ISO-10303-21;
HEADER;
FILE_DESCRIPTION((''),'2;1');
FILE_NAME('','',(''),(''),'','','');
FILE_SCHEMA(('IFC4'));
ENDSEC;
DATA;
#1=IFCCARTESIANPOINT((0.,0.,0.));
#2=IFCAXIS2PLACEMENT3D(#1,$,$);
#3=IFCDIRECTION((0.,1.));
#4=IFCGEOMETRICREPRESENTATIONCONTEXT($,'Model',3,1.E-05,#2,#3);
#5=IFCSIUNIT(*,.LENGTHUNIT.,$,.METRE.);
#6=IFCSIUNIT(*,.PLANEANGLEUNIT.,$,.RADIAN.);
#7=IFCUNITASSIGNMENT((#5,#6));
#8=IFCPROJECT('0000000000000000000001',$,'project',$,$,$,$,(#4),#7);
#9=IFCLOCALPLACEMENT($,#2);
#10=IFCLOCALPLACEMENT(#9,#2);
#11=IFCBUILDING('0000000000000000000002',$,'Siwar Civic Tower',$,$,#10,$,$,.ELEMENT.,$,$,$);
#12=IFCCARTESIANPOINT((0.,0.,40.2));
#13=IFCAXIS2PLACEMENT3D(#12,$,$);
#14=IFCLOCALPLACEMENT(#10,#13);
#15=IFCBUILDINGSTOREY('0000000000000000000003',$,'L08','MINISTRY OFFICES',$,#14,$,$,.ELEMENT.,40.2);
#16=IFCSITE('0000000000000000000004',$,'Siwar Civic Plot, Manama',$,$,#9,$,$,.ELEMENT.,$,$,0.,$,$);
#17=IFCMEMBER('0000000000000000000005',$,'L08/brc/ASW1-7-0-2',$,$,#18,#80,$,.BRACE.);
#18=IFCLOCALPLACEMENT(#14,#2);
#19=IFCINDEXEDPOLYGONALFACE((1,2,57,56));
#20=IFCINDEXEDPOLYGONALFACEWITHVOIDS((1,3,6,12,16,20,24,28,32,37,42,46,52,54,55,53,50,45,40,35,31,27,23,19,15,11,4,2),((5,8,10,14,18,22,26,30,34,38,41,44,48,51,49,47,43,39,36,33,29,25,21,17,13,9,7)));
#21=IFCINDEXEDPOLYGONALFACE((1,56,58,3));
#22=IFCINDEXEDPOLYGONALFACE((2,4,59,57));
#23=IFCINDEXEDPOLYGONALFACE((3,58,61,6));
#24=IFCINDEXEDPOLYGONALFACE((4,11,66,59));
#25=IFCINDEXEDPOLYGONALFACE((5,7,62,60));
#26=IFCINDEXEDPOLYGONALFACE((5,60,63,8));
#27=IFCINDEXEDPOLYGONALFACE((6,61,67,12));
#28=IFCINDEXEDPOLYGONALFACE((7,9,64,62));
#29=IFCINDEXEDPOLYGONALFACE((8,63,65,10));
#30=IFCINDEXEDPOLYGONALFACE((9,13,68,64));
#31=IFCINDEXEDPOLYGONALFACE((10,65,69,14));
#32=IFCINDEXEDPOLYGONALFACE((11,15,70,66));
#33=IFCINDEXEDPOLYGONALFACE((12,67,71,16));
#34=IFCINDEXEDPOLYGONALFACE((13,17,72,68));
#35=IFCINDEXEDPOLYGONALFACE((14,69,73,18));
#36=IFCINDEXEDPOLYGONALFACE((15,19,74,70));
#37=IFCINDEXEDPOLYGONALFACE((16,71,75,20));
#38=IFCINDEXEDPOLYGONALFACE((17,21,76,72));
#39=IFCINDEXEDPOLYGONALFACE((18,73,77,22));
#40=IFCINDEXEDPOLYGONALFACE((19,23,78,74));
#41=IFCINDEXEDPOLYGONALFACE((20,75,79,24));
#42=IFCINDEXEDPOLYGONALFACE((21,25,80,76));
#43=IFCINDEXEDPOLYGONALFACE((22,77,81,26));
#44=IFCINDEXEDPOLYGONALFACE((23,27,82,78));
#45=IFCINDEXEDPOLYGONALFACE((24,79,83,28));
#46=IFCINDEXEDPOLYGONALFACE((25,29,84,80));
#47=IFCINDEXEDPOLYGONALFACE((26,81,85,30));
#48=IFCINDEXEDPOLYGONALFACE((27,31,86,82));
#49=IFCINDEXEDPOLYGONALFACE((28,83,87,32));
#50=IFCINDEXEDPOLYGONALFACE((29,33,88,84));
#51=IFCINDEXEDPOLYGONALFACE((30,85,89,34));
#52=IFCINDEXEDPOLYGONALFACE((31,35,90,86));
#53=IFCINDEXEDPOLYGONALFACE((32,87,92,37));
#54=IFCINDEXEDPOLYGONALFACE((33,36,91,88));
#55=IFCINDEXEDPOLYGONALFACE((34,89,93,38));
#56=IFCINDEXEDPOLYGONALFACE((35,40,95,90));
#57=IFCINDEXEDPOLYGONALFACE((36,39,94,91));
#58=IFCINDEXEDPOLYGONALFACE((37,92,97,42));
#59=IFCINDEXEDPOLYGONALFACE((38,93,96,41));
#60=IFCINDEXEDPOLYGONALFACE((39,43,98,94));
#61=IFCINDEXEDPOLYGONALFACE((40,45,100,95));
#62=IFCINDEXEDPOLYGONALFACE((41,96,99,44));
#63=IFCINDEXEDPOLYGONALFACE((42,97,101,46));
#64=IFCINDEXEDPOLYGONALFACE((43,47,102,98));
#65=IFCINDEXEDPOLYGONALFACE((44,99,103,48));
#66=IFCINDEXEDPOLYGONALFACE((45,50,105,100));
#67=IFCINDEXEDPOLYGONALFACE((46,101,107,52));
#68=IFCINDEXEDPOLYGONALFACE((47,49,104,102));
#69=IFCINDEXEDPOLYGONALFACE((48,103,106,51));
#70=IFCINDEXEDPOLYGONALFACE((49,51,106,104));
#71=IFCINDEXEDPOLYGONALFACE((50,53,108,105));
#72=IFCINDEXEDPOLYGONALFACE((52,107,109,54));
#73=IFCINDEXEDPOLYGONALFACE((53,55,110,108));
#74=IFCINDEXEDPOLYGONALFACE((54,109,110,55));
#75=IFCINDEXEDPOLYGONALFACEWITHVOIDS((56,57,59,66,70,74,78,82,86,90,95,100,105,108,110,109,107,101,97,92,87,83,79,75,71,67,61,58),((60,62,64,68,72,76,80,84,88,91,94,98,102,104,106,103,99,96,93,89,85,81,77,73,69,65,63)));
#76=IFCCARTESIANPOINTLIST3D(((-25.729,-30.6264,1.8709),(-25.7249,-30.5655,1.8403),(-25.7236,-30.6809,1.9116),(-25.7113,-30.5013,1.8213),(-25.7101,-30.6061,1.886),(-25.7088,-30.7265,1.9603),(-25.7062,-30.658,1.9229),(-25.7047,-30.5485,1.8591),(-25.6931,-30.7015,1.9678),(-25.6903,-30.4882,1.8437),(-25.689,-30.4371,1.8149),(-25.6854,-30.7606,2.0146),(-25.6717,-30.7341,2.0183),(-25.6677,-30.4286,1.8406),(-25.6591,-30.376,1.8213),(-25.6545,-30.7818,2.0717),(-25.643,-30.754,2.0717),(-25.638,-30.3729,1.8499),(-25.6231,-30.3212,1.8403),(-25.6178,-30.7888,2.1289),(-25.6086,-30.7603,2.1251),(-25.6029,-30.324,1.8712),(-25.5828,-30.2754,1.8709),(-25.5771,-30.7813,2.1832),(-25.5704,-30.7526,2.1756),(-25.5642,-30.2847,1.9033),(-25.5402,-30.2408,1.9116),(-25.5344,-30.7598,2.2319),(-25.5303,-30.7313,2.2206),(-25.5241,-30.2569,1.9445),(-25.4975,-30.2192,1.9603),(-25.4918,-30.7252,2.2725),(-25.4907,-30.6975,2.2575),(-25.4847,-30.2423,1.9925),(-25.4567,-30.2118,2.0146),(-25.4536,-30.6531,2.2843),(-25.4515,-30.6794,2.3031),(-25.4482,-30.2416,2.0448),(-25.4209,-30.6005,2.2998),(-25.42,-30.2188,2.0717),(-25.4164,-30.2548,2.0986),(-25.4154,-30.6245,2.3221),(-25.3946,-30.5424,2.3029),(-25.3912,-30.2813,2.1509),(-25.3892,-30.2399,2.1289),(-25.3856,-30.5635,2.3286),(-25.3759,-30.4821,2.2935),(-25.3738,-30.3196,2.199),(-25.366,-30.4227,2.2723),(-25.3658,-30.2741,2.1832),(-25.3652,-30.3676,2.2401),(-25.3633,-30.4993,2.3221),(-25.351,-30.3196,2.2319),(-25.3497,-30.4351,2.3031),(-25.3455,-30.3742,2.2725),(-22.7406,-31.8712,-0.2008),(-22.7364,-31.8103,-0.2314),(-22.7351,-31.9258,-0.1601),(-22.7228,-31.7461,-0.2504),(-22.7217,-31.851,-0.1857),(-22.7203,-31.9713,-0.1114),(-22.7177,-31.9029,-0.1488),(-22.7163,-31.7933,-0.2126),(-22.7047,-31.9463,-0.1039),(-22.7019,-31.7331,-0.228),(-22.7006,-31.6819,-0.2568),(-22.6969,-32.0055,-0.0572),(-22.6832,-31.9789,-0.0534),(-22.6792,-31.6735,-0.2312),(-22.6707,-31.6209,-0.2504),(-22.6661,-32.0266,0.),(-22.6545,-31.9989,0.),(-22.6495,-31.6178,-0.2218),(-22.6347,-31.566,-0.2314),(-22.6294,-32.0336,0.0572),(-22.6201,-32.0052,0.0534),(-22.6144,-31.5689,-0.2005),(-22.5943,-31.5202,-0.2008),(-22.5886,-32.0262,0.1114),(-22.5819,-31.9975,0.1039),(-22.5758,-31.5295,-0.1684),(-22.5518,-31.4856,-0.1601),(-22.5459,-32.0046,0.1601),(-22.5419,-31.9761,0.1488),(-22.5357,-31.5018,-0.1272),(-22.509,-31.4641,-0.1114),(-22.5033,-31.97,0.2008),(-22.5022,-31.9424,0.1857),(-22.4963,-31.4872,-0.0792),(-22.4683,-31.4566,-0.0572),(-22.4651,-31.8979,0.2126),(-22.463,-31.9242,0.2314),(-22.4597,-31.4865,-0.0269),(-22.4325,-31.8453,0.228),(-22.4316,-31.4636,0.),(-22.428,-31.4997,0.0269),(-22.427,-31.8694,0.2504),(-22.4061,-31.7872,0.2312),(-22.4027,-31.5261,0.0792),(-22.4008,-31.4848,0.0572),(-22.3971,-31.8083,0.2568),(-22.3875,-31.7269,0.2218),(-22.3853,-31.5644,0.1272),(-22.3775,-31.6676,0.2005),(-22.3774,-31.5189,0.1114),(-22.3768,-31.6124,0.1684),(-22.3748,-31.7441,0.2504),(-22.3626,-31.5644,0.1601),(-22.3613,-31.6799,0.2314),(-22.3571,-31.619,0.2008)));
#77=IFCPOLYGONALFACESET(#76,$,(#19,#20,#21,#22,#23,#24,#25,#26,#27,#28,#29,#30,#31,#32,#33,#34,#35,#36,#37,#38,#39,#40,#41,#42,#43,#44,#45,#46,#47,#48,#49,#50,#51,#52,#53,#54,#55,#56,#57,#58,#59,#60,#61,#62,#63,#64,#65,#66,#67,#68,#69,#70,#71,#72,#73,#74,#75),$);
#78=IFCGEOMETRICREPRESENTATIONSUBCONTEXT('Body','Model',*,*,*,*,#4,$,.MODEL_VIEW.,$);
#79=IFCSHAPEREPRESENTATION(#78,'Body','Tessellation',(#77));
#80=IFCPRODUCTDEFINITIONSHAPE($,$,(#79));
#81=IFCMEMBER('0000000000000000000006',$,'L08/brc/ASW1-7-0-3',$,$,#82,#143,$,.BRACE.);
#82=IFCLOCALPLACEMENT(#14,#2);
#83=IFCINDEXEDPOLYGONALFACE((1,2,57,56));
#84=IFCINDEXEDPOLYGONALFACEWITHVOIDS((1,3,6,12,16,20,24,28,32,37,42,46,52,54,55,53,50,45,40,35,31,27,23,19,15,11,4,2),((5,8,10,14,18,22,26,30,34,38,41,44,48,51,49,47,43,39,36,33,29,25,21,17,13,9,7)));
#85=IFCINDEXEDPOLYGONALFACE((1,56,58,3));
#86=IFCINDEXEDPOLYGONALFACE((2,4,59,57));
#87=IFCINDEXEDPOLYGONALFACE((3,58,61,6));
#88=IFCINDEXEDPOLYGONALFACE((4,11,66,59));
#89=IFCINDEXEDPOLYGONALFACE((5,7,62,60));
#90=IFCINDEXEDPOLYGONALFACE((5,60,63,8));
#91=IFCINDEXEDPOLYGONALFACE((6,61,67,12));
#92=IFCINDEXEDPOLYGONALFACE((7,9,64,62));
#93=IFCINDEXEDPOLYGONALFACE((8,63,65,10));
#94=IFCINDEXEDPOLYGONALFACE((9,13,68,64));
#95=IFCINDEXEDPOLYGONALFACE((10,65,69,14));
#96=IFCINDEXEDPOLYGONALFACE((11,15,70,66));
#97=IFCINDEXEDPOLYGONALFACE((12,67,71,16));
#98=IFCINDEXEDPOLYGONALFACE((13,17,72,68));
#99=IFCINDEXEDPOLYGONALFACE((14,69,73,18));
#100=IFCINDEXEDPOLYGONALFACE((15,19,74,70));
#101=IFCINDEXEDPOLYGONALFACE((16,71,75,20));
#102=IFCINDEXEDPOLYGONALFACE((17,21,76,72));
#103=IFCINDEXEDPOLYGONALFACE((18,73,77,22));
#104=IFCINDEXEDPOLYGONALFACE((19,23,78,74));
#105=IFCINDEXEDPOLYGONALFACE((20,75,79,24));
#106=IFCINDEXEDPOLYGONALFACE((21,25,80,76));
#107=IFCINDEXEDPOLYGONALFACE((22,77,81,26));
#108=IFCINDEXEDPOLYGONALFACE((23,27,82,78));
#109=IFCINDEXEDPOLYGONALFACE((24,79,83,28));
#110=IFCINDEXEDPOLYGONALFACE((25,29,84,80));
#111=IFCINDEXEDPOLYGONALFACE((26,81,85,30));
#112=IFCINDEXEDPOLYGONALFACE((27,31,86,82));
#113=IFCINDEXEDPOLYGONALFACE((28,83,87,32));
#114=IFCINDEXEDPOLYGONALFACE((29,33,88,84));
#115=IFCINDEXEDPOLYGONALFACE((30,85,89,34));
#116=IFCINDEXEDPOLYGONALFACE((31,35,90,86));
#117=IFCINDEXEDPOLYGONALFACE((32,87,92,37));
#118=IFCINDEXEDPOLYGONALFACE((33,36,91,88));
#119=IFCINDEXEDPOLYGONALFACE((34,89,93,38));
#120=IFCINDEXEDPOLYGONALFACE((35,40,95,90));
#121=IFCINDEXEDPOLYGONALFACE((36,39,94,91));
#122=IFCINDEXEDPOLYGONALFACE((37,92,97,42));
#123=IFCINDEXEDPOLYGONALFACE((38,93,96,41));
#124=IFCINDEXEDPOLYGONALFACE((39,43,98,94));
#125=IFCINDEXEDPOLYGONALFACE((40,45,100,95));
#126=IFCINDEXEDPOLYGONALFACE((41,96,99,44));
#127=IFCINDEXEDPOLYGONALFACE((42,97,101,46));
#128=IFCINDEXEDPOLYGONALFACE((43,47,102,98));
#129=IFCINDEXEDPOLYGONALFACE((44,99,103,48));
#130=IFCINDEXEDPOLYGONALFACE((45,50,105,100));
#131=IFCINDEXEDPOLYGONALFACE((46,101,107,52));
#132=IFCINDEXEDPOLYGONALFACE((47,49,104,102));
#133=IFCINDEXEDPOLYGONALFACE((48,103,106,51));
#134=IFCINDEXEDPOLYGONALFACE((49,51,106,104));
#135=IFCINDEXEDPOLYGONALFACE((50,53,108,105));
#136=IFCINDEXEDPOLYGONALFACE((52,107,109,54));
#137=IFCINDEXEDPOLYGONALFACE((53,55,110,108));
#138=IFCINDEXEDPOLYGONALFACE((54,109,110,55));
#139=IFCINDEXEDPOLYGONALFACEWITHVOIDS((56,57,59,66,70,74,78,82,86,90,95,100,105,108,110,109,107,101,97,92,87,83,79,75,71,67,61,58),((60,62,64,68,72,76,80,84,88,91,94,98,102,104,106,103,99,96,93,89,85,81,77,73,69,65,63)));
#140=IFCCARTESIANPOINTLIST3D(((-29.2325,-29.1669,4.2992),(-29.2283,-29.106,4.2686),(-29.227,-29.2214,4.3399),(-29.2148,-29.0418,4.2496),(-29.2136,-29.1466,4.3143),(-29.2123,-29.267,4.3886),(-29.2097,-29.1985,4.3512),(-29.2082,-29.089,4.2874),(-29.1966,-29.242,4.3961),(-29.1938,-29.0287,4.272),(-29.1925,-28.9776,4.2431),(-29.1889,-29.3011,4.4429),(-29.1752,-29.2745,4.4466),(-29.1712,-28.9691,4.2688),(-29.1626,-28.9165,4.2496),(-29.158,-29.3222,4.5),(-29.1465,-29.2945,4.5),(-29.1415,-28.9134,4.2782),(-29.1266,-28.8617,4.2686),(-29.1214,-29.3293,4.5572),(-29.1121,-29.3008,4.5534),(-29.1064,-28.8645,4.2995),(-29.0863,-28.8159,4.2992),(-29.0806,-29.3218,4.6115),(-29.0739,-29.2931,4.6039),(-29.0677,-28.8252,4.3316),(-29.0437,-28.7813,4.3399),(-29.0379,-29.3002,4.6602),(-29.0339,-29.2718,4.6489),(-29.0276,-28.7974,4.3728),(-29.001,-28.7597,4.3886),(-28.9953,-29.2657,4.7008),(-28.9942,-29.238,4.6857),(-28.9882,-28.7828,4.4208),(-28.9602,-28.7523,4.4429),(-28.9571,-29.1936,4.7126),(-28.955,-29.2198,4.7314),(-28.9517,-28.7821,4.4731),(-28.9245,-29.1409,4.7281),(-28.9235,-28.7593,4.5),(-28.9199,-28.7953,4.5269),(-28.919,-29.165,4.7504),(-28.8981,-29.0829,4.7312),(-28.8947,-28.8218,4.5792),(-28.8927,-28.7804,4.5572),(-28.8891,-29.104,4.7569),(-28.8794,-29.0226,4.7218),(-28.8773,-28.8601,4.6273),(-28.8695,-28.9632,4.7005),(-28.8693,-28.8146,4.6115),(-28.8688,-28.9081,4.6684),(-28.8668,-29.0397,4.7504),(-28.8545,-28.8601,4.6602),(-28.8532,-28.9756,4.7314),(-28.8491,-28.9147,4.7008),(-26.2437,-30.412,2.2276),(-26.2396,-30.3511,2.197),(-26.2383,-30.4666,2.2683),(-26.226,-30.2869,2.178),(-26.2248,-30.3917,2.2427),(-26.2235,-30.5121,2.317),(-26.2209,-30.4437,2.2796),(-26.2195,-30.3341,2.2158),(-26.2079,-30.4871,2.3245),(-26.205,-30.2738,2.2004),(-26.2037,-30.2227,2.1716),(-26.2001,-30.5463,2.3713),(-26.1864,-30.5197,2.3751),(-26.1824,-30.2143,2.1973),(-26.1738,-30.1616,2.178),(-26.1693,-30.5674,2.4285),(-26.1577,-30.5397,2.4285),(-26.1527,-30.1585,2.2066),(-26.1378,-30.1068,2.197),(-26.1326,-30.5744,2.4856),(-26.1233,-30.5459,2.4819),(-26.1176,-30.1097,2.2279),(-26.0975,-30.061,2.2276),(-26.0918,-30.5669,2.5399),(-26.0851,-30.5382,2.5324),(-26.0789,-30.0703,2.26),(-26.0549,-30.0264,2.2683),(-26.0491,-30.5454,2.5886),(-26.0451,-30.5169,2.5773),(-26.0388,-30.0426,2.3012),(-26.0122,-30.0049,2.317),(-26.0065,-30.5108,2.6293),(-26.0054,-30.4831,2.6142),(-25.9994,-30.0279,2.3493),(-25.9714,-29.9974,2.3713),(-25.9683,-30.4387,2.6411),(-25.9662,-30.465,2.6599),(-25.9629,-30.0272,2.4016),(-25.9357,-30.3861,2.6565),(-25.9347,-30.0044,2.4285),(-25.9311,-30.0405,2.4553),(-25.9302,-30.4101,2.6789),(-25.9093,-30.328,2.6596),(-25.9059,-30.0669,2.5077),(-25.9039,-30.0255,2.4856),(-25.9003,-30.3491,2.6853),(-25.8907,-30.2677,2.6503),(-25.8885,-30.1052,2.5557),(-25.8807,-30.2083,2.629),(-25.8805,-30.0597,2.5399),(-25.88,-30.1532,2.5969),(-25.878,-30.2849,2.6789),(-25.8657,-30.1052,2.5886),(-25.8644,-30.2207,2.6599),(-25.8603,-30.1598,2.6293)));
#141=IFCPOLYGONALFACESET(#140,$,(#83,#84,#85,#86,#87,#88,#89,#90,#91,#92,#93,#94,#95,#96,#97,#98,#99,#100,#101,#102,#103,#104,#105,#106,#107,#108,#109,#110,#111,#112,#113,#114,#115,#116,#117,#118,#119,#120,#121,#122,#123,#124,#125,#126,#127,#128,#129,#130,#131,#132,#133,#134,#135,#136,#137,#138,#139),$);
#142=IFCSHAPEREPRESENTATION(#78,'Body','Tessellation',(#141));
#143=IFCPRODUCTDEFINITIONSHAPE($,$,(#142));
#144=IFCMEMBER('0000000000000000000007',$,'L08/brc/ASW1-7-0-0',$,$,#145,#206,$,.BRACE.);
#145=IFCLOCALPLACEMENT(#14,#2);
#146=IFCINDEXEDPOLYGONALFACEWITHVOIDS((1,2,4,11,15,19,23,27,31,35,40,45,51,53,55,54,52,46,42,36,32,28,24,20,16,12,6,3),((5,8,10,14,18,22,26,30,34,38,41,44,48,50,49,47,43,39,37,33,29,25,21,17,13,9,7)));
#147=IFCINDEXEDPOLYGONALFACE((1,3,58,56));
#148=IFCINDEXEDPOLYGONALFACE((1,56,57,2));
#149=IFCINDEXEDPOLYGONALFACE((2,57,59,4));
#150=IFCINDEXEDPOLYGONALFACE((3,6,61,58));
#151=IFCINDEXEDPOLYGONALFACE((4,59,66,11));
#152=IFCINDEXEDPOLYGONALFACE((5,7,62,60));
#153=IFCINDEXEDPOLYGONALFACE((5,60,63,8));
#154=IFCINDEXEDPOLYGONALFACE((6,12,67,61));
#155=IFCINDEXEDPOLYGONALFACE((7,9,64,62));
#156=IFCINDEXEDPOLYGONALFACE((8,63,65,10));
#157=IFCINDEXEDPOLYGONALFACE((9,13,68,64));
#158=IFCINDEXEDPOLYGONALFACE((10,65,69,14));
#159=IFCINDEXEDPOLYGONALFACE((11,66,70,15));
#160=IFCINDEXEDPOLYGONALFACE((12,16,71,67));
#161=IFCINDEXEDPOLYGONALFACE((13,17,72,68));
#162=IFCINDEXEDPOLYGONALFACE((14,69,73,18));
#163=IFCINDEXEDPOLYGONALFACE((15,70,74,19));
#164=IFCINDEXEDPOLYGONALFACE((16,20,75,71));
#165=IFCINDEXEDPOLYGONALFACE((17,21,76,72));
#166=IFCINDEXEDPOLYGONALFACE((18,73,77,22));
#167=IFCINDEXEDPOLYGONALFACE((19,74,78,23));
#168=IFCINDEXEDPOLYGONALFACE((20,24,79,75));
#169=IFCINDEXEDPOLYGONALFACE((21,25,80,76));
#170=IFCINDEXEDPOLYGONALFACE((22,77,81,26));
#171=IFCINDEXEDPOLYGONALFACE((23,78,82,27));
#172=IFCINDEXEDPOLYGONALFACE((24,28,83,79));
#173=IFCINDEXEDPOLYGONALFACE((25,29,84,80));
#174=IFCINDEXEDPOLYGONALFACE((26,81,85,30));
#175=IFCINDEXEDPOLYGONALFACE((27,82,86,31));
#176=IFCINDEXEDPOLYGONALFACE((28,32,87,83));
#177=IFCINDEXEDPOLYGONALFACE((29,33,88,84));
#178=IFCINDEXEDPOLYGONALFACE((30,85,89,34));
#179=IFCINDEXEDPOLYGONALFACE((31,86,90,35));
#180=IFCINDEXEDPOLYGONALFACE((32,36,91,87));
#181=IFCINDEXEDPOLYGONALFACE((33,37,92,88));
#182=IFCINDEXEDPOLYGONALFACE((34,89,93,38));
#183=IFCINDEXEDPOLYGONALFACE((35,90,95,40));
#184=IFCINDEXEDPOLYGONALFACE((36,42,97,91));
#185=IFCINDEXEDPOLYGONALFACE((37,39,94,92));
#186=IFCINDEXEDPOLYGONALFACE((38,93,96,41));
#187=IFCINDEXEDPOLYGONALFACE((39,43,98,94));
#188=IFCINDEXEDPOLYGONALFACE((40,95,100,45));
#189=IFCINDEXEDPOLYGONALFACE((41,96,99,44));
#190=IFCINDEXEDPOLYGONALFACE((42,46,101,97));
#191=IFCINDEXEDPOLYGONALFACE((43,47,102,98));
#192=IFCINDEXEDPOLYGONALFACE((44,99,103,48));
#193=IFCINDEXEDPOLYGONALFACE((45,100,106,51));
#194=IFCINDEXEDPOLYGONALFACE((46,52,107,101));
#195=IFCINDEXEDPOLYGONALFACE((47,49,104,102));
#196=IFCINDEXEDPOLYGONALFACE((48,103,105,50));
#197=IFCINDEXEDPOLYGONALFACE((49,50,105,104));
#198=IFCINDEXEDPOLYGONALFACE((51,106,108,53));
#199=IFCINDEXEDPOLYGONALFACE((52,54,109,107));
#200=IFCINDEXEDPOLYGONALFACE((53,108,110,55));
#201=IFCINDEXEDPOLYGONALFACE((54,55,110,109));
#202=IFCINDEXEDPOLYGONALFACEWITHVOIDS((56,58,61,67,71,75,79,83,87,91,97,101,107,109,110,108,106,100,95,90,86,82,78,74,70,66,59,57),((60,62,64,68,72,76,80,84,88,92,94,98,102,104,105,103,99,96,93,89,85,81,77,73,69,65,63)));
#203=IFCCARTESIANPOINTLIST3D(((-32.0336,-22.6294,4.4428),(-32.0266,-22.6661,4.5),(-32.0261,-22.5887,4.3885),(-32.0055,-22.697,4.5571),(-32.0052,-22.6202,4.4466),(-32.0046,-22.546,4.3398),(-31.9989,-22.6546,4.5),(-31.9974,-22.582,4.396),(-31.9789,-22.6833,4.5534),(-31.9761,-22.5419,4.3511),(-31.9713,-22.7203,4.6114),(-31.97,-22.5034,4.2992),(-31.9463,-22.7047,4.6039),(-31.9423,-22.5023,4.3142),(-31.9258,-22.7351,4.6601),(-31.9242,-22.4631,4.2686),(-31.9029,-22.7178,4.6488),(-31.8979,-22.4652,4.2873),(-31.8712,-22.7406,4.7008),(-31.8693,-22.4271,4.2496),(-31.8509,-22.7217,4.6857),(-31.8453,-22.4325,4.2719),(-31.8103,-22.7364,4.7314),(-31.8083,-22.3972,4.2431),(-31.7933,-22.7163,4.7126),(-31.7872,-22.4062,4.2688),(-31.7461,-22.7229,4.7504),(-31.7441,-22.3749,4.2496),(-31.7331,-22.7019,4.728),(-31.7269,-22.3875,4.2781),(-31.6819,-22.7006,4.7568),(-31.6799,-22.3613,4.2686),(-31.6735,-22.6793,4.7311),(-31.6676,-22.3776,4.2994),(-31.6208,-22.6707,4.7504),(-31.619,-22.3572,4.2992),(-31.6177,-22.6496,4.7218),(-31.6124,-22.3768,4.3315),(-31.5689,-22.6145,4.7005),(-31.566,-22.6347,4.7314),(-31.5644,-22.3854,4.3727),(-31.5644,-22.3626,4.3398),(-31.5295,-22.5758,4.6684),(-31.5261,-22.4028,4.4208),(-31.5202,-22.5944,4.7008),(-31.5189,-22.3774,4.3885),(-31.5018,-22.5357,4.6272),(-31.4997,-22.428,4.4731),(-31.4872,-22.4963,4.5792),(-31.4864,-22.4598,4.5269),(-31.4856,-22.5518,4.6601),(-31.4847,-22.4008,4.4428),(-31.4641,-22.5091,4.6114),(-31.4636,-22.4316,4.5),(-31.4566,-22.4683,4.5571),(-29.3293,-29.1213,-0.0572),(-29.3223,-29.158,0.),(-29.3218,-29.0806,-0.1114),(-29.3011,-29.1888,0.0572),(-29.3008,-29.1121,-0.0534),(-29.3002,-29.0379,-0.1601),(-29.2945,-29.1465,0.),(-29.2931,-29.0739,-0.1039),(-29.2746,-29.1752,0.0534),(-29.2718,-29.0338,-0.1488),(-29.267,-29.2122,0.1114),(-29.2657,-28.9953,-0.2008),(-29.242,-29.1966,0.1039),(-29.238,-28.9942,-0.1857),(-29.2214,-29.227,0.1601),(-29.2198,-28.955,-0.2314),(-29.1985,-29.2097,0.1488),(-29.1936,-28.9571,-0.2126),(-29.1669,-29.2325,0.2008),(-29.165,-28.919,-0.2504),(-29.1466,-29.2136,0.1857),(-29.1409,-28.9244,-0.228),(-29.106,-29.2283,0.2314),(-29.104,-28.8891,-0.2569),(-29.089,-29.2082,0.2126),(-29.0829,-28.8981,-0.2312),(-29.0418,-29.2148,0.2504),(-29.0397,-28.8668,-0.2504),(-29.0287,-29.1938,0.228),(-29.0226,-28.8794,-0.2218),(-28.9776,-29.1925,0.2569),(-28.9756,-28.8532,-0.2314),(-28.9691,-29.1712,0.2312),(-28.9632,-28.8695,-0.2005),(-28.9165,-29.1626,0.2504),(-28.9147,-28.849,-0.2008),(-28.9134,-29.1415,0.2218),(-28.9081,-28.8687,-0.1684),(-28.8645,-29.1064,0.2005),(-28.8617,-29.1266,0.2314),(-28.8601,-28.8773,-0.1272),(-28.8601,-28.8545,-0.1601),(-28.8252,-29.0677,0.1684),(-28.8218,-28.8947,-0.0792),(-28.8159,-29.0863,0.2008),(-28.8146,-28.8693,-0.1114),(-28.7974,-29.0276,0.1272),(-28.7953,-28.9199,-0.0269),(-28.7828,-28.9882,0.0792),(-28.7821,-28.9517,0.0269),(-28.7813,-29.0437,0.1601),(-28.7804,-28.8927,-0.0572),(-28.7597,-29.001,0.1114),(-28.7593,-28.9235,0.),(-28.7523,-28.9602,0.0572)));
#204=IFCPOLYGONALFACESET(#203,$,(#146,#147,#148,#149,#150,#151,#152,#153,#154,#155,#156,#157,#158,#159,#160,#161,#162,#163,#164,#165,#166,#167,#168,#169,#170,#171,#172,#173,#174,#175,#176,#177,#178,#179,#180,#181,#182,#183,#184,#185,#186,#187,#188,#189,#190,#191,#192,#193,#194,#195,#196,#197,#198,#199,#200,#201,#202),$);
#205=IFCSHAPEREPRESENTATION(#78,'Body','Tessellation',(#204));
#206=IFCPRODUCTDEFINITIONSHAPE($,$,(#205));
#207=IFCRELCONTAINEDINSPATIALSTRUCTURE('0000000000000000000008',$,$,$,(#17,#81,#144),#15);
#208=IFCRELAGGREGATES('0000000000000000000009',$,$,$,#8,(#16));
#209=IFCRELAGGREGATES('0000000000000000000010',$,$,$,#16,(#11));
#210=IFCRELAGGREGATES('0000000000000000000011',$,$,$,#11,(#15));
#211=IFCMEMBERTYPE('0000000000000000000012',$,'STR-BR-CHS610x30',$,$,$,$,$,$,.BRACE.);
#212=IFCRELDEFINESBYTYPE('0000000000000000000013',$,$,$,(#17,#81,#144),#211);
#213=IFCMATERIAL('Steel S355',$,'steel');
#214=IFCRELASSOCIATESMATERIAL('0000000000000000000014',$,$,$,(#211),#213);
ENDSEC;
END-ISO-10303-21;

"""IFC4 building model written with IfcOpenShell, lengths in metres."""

from ifc_helpers import new_model, si_unit, direction, frame, origin, origin_2d, place, context, subcontext, project, spatial, hollow_circle, extrude, material, material_profile, profile_set, type_object, element, save


model = new_model("IFC4")

# Units and contexts
model_context = context("Model", 3, precision=1e-05, world=origin(), true_north=direction((0.0, 1.0)))
body_context = subcontext(model_context, "Body", "Model", "MODEL_VIEW")
ifc_project = project(units=[si_unit("LENGTHUNIT", "METRE"), si_unit("PLANEANGLEUNIT", "RADIAN")], contexts=[model_context])

# Site, building, storey
site_placement = place(None, origin())
site = spatial("IfcSite", under=ifc_project, at=site_placement, Name="Siwar Civic Plot, Manama", CompositionType="ELEMENT", RefElevation=0.0)
building_placement = place(site_placement, origin())
building = spatial("IfcBuilding", under=site, at=building_placement, Name="Siwar Civic Tower", CompositionType="ELEMENT")
storey_placement = place(building_placement, frame((0.0, 0.0, 40.2)))
storey = spatial("IfcBuildingStorey", under=building, at=storey_placement, Name="L08", Description="MINISTRY OFFICES", CompositionType="ELEMENT", Elevation=40.2)

# Members
ifc_material_1 = material(Name="Steel S355", Category="steel")
ifc_material_profile_1 = material_profile(ifc_material_1, hollow_circle(Radius=0.3049, WallThickness=0.03, at=origin_2d()), Name="CHS610x30")
ifc_profile_set_1 = profile_set([ifc_material_profile_1], Name="Steel S355")
member_type_1 = type_object("IfcMemberType", Name="STR-BR-CHS610x30", PredefinedType="BRACE", material=ifc_profile_set_1)
member_1_placement = place(storey_placement, frame((-22.5488, -31.7451, 0.0), z_axis=(-0.777533, 0.323882, 0.53902), x_axis=(-0.384524, -0.923115, 0.0)))
element("IfcMember", 1, at=member_1_placement, inside=storey, type_object=member_type_1, Name="L08/brc/ASW1-7-0-2", PredefinedType="BRACE", context=body_context, shape_type="SweptSolid", body=[
    extrude(hollow_circle(Radius=0.3049, WallThickness=0.03, at=origin_2d()), origin(), (0.0, 0.0, 1.0), 3.8435),
])
member_2_placement = place(storey_placement, frame((-26.052, -30.2859, 2.4285), z_axis=(-0.777569, 0.323934, 0.538937), x_axis=(-0.384562, -0.923099, 0.0)))
element("IfcMember", 2, at=member_2_placement, inside=storey, type_object=member_type_1, Name="L08/brc/ASW1-7-0-3", PredefinedType="BRACE", context=body_context, shape_type="SweptSolid", body=[
    extrude(hollow_circle(Radius=0.3049, WallThickness=0.03, at=origin_2d()), origin(), (0.0, 0.0, 1.0), 3.8438),
])
member_3_placement = place(storey_placement, frame((-29.0408, -29.0408, 0.0), z_axis=(-0.323906, 0.777555, 0.538975), x_axis=(-0.923109, -0.384539, 0.0)))
element("IfcMember", 3, at=member_3_placement, inside=storey, type_object=member_type_1, Name="L08/brc/ASW1-7-0-0", PredefinedType="BRACE", context=body_context, shape_type="SweptSolid", body=[
    extrude(hollow_circle(Radius=0.3049, WallThickness=0.03, at=origin_2d()), origin(), (0.0, 0.0, 1.0), 8.3491),
])

save(model, "model.ifc")
